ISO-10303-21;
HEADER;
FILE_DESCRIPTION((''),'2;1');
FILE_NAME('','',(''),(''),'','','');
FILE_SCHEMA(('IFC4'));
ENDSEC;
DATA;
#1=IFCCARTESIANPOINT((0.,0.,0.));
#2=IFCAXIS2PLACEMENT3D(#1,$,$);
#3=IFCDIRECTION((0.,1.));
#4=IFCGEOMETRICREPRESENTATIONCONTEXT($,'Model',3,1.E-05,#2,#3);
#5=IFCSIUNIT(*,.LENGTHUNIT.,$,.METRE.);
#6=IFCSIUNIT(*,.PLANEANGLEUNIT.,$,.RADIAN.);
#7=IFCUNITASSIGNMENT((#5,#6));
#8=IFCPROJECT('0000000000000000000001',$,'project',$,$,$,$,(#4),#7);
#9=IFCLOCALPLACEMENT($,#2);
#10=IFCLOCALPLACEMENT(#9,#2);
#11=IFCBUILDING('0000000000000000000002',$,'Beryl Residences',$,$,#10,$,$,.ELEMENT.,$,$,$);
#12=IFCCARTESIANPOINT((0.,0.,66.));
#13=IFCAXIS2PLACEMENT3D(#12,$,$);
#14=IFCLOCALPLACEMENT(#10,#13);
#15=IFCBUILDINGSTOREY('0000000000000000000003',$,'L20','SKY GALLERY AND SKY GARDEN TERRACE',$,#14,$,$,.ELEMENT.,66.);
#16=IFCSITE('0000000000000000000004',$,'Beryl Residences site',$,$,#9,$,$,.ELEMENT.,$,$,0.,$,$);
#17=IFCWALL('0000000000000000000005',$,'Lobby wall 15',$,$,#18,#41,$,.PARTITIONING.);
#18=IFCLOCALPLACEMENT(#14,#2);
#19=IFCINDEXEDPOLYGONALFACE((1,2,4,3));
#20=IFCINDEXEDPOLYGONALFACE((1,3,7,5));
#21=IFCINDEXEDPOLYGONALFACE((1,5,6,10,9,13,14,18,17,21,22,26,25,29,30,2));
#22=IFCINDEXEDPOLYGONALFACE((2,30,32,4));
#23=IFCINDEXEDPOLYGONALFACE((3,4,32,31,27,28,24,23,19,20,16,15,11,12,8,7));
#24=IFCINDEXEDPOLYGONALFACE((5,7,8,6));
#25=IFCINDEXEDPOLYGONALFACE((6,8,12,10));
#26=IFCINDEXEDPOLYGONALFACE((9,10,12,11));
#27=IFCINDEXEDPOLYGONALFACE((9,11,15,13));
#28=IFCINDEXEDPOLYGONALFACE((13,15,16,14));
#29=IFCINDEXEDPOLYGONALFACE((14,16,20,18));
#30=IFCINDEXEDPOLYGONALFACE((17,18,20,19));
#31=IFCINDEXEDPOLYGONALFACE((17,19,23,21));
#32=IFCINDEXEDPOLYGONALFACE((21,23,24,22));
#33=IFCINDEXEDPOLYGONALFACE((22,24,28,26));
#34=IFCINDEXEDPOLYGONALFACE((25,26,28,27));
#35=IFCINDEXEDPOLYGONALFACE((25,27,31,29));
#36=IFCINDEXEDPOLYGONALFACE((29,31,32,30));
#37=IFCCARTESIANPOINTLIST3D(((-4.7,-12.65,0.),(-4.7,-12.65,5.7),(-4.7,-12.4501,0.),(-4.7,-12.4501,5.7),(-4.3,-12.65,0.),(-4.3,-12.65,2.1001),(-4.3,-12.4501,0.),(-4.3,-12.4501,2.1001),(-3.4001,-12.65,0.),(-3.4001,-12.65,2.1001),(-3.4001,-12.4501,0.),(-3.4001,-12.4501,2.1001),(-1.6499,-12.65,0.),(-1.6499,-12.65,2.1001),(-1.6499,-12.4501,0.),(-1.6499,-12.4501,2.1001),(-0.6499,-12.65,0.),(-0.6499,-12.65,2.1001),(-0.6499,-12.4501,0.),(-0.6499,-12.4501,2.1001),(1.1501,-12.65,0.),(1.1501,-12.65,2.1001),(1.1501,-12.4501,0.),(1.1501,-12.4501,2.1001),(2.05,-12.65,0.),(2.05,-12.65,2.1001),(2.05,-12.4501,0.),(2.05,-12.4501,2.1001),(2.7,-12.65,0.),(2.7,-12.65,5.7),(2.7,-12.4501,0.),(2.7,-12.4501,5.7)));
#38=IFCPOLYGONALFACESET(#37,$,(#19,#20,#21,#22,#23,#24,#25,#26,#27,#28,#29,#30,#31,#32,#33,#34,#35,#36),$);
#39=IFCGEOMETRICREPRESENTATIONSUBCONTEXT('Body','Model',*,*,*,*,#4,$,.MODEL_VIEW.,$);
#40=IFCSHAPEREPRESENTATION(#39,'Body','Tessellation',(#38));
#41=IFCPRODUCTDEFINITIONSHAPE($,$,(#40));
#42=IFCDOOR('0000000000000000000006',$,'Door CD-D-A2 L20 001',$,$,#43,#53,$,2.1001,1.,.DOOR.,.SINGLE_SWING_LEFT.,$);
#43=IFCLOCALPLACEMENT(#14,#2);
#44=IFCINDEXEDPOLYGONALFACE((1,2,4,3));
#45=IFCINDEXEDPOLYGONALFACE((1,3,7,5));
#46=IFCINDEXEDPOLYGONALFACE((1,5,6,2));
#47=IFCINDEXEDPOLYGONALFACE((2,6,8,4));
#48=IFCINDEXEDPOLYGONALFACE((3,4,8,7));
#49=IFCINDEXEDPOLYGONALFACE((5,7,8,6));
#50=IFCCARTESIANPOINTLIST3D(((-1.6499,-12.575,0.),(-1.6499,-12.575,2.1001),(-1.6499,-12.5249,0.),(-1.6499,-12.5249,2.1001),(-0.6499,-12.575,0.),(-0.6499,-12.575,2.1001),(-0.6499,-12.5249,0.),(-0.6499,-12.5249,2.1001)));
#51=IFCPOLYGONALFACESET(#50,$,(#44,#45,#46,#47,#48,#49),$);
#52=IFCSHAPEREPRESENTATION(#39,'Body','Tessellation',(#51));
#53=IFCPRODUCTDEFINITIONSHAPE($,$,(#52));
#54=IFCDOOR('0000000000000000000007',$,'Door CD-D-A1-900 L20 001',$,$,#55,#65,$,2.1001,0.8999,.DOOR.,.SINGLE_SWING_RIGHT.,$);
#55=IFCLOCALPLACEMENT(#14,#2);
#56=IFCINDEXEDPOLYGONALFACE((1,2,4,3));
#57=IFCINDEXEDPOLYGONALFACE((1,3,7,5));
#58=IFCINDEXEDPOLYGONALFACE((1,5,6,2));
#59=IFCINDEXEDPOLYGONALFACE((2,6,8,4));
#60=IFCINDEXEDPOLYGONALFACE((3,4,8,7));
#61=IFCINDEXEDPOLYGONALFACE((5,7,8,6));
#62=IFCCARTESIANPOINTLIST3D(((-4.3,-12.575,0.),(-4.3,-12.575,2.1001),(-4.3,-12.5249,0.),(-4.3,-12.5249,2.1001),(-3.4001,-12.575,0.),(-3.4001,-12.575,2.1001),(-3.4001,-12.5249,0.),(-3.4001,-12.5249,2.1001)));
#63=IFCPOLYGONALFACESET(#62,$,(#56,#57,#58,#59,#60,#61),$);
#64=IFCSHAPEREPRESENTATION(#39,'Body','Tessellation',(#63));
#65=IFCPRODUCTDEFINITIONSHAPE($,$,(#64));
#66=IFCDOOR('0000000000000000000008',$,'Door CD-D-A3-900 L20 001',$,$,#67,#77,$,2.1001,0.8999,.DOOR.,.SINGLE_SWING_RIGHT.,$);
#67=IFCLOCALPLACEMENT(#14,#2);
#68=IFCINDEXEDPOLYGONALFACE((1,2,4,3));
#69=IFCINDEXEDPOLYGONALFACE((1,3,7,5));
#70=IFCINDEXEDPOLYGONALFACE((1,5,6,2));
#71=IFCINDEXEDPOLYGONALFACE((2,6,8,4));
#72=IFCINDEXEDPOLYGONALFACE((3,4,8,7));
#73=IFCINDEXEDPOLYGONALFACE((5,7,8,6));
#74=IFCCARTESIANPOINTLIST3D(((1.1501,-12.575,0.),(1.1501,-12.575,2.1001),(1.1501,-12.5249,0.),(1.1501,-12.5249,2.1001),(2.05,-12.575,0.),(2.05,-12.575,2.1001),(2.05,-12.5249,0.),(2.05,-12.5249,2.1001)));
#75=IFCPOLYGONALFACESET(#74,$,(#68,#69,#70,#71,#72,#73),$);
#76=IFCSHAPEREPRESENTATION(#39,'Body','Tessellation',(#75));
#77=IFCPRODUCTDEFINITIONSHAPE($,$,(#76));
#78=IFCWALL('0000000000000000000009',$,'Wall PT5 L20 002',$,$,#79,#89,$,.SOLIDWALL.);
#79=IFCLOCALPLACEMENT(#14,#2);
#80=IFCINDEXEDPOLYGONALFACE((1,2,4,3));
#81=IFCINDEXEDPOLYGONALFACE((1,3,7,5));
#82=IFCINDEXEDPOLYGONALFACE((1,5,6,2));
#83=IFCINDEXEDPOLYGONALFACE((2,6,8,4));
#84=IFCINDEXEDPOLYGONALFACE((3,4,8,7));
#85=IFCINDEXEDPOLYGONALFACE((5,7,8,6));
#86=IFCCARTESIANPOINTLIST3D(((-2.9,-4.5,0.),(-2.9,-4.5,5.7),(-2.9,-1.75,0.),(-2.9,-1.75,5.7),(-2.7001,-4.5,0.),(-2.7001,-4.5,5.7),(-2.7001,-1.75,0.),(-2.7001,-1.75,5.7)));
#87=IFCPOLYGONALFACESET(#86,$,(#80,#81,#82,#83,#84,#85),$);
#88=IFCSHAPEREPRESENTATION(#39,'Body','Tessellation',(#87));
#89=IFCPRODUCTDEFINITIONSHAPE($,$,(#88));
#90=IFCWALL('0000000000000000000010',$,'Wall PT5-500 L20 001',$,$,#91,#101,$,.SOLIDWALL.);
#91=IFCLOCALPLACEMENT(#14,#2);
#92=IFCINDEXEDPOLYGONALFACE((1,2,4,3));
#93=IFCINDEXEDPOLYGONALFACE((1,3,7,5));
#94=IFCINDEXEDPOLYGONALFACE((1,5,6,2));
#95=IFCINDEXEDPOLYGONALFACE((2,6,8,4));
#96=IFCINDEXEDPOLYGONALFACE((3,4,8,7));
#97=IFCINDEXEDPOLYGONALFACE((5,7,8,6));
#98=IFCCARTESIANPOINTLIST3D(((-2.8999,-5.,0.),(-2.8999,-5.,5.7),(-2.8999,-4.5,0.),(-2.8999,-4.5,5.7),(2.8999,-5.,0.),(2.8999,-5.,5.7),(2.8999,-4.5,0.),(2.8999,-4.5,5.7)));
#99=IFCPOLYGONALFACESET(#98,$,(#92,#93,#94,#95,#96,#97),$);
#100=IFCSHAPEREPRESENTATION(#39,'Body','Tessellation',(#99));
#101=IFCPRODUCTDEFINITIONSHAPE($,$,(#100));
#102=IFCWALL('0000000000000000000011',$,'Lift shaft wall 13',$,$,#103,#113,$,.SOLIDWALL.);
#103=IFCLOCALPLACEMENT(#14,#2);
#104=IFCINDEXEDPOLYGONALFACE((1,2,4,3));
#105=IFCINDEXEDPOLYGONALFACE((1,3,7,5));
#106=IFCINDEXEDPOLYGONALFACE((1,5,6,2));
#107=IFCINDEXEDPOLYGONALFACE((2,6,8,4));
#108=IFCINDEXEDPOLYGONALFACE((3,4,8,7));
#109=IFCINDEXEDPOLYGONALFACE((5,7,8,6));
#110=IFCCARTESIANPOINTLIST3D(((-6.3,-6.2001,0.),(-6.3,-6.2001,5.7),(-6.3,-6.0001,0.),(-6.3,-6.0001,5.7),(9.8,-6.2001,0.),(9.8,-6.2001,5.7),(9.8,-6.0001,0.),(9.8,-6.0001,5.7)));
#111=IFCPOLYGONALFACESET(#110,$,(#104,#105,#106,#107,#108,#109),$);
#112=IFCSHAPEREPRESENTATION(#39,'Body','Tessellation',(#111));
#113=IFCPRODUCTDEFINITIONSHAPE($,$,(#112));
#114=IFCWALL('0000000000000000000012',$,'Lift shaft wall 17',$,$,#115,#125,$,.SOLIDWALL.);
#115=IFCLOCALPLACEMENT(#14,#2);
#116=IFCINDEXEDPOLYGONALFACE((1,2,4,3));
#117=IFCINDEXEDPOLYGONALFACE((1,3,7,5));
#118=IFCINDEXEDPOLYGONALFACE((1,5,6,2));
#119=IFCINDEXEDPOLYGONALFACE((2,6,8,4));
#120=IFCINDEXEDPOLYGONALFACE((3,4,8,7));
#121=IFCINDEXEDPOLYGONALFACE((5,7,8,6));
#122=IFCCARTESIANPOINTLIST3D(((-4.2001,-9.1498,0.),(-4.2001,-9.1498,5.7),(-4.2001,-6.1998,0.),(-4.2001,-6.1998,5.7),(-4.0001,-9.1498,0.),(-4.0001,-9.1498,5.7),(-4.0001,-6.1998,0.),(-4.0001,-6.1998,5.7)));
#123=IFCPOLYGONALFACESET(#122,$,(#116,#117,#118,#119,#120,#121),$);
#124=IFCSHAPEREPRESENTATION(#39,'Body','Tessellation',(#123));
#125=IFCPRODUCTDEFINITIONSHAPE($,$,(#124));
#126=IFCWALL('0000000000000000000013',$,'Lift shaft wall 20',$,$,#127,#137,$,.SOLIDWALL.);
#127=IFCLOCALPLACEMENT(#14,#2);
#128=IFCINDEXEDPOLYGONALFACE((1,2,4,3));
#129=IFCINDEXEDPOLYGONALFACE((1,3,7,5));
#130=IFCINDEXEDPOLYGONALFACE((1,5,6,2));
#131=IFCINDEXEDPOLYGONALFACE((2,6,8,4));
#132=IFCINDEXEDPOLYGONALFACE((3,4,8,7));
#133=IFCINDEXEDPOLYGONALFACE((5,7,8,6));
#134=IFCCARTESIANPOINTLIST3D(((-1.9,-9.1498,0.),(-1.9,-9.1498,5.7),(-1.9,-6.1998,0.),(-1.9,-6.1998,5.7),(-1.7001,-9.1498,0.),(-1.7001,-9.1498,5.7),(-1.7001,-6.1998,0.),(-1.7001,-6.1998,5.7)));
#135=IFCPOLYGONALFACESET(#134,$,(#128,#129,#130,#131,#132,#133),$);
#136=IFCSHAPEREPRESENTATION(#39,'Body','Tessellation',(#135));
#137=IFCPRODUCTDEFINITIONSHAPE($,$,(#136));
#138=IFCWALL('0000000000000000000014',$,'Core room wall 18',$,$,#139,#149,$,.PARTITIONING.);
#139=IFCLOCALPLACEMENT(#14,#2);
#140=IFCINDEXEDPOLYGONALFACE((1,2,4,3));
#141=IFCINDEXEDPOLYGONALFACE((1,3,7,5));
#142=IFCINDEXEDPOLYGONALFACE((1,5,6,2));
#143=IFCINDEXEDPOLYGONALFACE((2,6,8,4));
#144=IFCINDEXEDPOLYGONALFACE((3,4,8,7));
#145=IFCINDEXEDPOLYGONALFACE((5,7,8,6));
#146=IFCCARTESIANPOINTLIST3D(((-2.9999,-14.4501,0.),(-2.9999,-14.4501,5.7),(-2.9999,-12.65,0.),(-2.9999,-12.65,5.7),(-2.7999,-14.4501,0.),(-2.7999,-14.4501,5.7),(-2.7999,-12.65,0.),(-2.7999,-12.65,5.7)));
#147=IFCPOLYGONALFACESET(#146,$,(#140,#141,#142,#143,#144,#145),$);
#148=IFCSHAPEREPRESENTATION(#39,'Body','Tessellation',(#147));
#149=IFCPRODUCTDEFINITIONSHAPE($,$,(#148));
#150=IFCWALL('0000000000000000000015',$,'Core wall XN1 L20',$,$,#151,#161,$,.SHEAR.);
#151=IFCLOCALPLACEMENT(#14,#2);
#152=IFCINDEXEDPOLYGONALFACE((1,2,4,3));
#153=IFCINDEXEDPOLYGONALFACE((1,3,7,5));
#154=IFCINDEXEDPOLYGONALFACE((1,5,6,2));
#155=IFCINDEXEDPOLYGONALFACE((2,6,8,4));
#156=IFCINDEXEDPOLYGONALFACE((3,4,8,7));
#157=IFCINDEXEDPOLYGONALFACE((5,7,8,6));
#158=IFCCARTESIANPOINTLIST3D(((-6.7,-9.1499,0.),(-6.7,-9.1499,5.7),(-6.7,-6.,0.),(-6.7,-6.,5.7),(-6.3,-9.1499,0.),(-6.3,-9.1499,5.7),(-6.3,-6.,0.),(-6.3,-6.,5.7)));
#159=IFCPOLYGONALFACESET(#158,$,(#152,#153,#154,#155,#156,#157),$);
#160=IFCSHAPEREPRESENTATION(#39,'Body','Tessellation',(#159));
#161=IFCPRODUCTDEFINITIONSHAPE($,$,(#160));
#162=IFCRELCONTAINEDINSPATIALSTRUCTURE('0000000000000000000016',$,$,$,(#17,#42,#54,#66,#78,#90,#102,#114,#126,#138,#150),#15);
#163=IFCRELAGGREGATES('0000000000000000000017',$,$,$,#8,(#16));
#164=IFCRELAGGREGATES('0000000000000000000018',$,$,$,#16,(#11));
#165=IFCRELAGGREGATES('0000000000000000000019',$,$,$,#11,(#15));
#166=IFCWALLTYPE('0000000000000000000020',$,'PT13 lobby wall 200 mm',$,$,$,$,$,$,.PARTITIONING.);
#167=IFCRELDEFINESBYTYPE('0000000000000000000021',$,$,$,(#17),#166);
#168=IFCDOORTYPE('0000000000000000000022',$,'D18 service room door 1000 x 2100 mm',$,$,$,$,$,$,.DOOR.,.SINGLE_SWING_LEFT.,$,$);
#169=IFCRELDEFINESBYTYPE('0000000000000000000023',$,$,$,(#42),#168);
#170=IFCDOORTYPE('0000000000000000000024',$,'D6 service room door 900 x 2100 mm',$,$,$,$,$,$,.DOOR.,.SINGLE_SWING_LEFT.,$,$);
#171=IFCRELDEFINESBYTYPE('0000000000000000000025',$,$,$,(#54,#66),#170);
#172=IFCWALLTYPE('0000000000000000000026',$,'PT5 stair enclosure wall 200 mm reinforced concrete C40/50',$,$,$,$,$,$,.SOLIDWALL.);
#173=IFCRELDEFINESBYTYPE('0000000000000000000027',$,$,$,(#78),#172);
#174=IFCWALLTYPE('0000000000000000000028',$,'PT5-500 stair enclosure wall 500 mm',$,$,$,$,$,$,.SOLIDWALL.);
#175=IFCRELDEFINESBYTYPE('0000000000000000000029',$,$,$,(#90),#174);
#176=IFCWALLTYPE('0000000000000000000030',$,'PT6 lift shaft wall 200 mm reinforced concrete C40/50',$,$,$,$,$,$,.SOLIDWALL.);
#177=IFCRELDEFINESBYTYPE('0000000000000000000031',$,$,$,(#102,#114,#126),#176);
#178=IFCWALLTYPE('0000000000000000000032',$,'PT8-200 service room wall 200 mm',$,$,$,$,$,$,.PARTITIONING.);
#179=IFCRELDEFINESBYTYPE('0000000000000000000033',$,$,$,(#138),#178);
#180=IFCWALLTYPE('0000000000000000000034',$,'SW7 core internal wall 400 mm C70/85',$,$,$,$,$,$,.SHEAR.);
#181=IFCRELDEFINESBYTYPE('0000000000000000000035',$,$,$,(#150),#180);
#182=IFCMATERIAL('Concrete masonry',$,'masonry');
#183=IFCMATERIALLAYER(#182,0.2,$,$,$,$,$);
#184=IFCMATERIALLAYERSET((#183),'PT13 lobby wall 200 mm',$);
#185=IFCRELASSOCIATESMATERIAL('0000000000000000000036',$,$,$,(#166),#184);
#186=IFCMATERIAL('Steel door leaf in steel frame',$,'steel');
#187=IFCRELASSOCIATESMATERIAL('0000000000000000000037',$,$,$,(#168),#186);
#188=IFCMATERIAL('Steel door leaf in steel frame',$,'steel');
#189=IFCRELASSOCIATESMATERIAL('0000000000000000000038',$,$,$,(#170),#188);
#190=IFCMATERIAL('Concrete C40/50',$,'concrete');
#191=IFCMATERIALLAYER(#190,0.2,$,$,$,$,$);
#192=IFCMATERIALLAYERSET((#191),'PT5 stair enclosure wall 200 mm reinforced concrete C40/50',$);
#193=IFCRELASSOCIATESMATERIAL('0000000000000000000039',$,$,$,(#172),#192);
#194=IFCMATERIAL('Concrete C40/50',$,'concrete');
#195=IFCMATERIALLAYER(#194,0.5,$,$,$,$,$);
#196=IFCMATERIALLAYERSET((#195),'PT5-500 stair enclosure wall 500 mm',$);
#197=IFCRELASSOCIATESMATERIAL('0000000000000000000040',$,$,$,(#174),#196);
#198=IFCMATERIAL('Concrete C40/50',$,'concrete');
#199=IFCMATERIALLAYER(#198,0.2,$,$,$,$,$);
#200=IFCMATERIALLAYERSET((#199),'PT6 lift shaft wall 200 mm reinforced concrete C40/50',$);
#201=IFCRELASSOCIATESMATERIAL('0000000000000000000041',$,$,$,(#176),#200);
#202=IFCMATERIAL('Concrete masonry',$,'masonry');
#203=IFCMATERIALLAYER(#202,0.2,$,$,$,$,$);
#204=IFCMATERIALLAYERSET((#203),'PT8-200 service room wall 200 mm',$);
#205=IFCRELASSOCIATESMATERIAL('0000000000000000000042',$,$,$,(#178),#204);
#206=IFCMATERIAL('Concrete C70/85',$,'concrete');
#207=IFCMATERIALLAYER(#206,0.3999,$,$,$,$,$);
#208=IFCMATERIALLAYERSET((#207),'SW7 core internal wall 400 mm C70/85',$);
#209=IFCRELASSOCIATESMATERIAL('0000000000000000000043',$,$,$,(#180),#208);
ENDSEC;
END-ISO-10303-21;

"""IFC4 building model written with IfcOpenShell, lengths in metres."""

from ifc_helpers import new_model, si_unit, direction, frame, frame_2d, origin, place, context, subcontext, project, spatial, rectangle, extrude, material, layer, layer_set, type_object, element, fill, save


model = new_model("IFC4")

# Units and contexts
model_context = context("Model", 3, precision=1e-05, world=origin(), true_north=direction((0.0, 1.0)))
body_context = subcontext(model_context, "Body", "Model", "MODEL_VIEW")
ifc_project = project(units=[si_unit("LENGTHUNIT", "METRE"), si_unit("PLANEANGLEUNIT", "RADIAN")], contexts=[model_context])

# Site, building, storey
site_placement = place(None, origin())
site = spatial("IfcSite", under=ifc_project, at=site_placement, Name="Beryl Residences site", CompositionType="ELEMENT", RefElevation=0.0)
building_placement = place(site_placement, origin())
building = spatial("IfcBuilding", under=site, at=building_placement, Name="Beryl Residences", CompositionType="ELEMENT")
storey_placement = place(building_placement, frame((0.0, 0.0, 66.0)))
storey = spatial("IfcBuildingStorey", under=building, at=storey_placement, Name="L20", Description="SKY GALLERY AND SKY GARDEN TERRACE", CompositionType="ELEMENT", Elevation=66.0)

# Wall, openings, doors
ifc_material_1 = material(Name="Concrete masonry", Category="masonry")
ifc_layer_1 = layer(ifc_material_1, 0.2)
ifc_layer_set_1 = layer_set([ifc_layer_1], Name="PT13 lobby wall 200 mm")
wall_type_1 = type_object("IfcWallType", Name="PT13 lobby wall 200 mm", PredefinedType="PARTITIONING", material=ifc_layer_set_1)
wall_1_placement = place(storey_placement, frame((-4.7, -12.55, 0.0), z_axis=(0.0, 0.0, 1.0), x_axis=(1.0, 0.0, 0.0)))
wall_1 = element("IfcWall", 1, at=wall_1_placement, inside=storey, type_object=wall_type_1, Name="Lobby wall 15", PredefinedType="PARTITIONING", context=body_context, shape_type="SweptSolid", body=[
    extrude(rectangle(XDim=7.3999, YDim=0.2, at=frame_2d((3.7, 0.0))), origin(), (0.0, 0.0, 1.0), 5.7),
])
opening_1_placement = place(wall_1_placement, frame((1.2998, 0.0, 0.0), z_axis=(0.0, 0.0, 1.0), x_axis=(-1.0, 0.0, 0.0)))
opening_1 = element("IfcOpeningElement", 2, at=opening_1_placement, cuts=wall_1, PredefinedType="OPENING", context=body_context, shape_type="SweptSolid", body=[
    extrude(rectangle(XDim=0.8999, YDim=2.1001, at=frame_2d((0.45, 1.05))), frame((0.0, 0.1099, 0.0), z_axis=(0.0, -1.0, 0.0), x_axis=(1.0, 0.0, 0.0)), (0.0, 0.0, 1.0), 0.22),
])
opening_2_placement = place(wall_1_placement, frame((4.05, 0.0, 0.0), z_axis=(0.0, 0.0, 1.0), x_axis=(-1.0, 0.0, 0.0)))
opening_2 = element("IfcOpeningElement", 3, at=opening_2_placement, cuts=wall_1, PredefinedType="OPENING", context=body_context, shape_type="SweptSolid", body=[
    extrude(rectangle(XDim=1.0, YDim=2.1001, at=frame_2d((0.5, 1.05))), frame((0.0, 0.1099, 0.0), z_axis=(0.0, -1.0, 0.0), x_axis=(1.0, 0.0, 0.0)), (0.0, 0.0, 1.0), 0.22),
])
opening_3_placement = place(wall_1_placement, frame((6.75, 0.0, 0.0), z_axis=(0.0, 0.0, 1.0), x_axis=(-1.0, 0.0, 0.0)))
opening_3 = element("IfcOpeningElement", 4, at=opening_3_placement, cuts=wall_1, PredefinedType="OPENING", context=body_context, shape_type="SweptSolid", body=[
    extrude(rectangle(XDim=0.8999, YDim=2.1001, at=frame_2d((0.45, 1.05))), frame((0.0, 0.1099, 0.0), z_axis=(0.0, -1.0, 0.0), x_axis=(1.0, 0.0, 0.0)), (0.0, 0.0, 1.0), 0.22),
])
ifc_material_2 = material(Name="Steel door leaf in steel frame", Category="steel")
door_type_1 = type_object("IfcDoorType", Name="D18 service room door 1000 x 2100 mm", OperationType="SINGLE_SWING_LEFT", PredefinedType="DOOR", material=ifc_material_2)
door_1_placement = place(opening_2_placement, origin())
door_1 = element("IfcDoor", 5, at=door_1_placement, inside=storey, type_object=door_type_1, Name="Door CD-D-A2 L20 001", OperationType="SINGLE_SWING_LEFT", OverallHeight=2.1001, OverallWidth=1.0, PredefinedType="DOOR", context=body_context, shape_type="SweptSolid", body=[
    extrude(rectangle(XDim=1.0, YDim=2.1001, at=frame_2d((0.5, 1.05))), frame((0.0, 0.0249, 0.0), z_axis=(0.0, -1.0, 0.0), x_axis=(1.0, 0.0, 0.0)), (0.0, 0.0, 1.0), 0.05),
])
fill(opening_2, door_1)
ifc_material_3 = material(Name="Steel door leaf in steel frame", Category="steel")
door_type_2 = type_object("IfcDoorType", Name="D6 service room door 900 x 2100 mm", OperationType="SINGLE_SWING_LEFT", PredefinedType="DOOR", material=ifc_material_3)
door_2_placement = place(opening_1_placement, origin())
door_2 = element("IfcDoor", 6, at=door_2_placement, inside=storey, type_object=door_type_2, Name="Door CD-D-A1-900 L20 001", OperationType="SINGLE_SWING_RIGHT", OverallHeight=2.1001, OverallWidth=0.8999, PredefinedType="DOOR", context=body_context, shape_type="SweptSolid", body=[
    extrude(rectangle(XDim=0.8999, YDim=2.1001, at=frame_2d((0.45, 1.05))), frame((0.0, 0.0249, 0.0), z_axis=(0.0, -1.0, 0.0), x_axis=(1.0, 0.0, 0.0)), (0.0, 0.0, 1.0), 0.05),
])
fill(opening_1, door_2)
door_3_placement = place(opening_3_placement, origin())
door_3 = element("IfcDoor", 7, at=door_3_placement, inside=storey, type_object=door_type_2, Name="Door CD-D-A3-900 L20 001", OperationType="SINGLE_SWING_RIGHT", OverallHeight=2.1001, OverallWidth=0.8999, PredefinedType="DOOR", context=body_context, shape_type="SweptSolid", body=[
    extrude(rectangle(XDim=0.8999, YDim=2.1001, at=frame_2d((0.45, 1.05))), frame((0.0, 0.0249, 0.0), z_axis=(0.0, -1.0, 0.0), x_axis=(1.0, 0.0, 0.0)), (0.0, 0.0, 1.0), 0.05),
])
fill(opening_3, door_3)

# Walls
ifc_material_4 = material(Name="Concrete C40/50", Category="concrete")
ifc_layer_2 = layer(ifc_material_4, 0.2)
ifc_layer_set_2 = layer_set([ifc_layer_2], Name="PT5 stair enclosure wall 200 mm reinforced concrete C40/50")
wall_type_2 = type_object("IfcWallType", Name="PT5 stair enclosure wall 200 mm reinforced concrete C40/50", PredefinedType="SOLIDWALL", material=ifc_layer_set_2)
wall_2_placement = place(storey_placement, frame((-2.8, -4.5, 0.0), z_axis=(0.0, 0.0, 1.0), x_axis=(0.0, 1.0, 0.0)))
element("IfcWall", 8, at=wall_2_placement, inside=storey, type_object=wall_type_2, Name="Wall PT5 L20 002", PredefinedType="SOLIDWALL", context=body_context, shape_type="SweptSolid", body=[
    extrude(rectangle(XDim=2.75, YDim=0.2, at=frame_2d((1.375, 0.0))), origin(), (0.0, 0.0, 1.0), 5.7),
])
ifc_material_5 = material(Name="Concrete C40/50", Category="concrete")
ifc_layer_3 = layer(ifc_material_5, 0.5)
ifc_layer_set_3 = layer_set([ifc_layer_3], Name="PT5-500 stair enclosure wall 500 mm")
wall_type_3 = type_object("IfcWallType", Name="PT5-500 stair enclosure wall 500 mm", PredefinedType="SOLIDWALL", material=ifc_layer_set_3)
wall_3_placement = place(storey_placement, frame((-2.8999, -4.75, 0.0), z_axis=(0.0, 0.0, 1.0), x_axis=(1.0, 0.0, 0.0)))
element("IfcWall", 9, at=wall_3_placement, inside=storey, type_object=wall_type_3, Name="Wall PT5-500 L20 001", PredefinedType="SOLIDWALL", context=body_context, shape_type="SweptSolid", body=[
    extrude(rectangle(XDim=5.7998, YDim=0.5, at=frame_2d((2.8999, 0.0))), origin(), (0.0, 0.0, 1.0), 5.7),
])
ifc_material_6 = material(Name="Concrete C40/50", Category="concrete")
ifc_layer_4 = layer(ifc_material_6, 0.2)
ifc_layer_set_4 = layer_set([ifc_layer_4], Name="PT6 lift shaft wall 200 mm reinforced concrete C40/50")
wall_type_4 = type_object("IfcWallType", Name="PT6 lift shaft wall 200 mm reinforced concrete C40/50", PredefinedType="SOLIDWALL", material=ifc_layer_set_4)
wall_4_placement = place(storey_placement, frame((-6.3, -6.1001, 0.0), z_axis=(0.0, 0.0, 1.0), x_axis=(1.0, 0.0, 0.0)))
element("IfcWall", 10, at=wall_4_placement, inside=storey, type_object=wall_type_4, Name="Lift shaft wall 13", PredefinedType="SOLIDWALL", context=body_context, shape_type="SweptSolid", body=[
    extrude(rectangle(XDim=16.1001, YDim=0.2, at=frame_2d((8.05, 0.0))), origin(), (0.0, 0.0, 1.0), 5.7),
])
for number, where, z_axis, x_axis, name in (
    (11, (-4.1001, -9.1499, 0.0), (0.0, 0.0, 1.0), (0.0, 1.0, 0.0), "Lift shaft wall 17"),
    (12, (-1.8, -9.1499, 0.0), (0.0, 0.0, 1.0), (0.0, 1.0, 0.0), "Lift shaft wall 20"),
):
    element("IfcWall", number, at=place(storey_placement, frame(where, z_axis=z_axis, x_axis=x_axis)), inside=storey, type_object=wall_type_4, Name=name, PredefinedType="SOLIDWALL", context=body_context, shape_type="SweptSolid", body=[
        extrude(rectangle(XDim=2.95, YDim=0.2, at=frame_2d((1.4751, 0.0))), origin(), (0.0, 0.0, 1.0), 5.7),
    ])
ifc_material_7 = material(Name="Concrete masonry", Category="masonry")
ifc_layer_5 = layer(ifc_material_7, 0.2)
ifc_layer_set_5 = layer_set([ifc_layer_5], Name="PT8-200 service room wall 200 mm")
wall_type_5 = type_object("IfcWallType", Name="PT8-200 service room wall 200 mm", PredefinedType="PARTITIONING", material=ifc_layer_set_5)
wall_5_placement = place(storey_placement, frame((-2.8999, -14.45, 0.0), z_axis=(0.0, 0.0, 1.0), x_axis=(0.0, 1.0, 0.0)))
element("IfcWall", 13, at=wall_5_placement, inside=storey, type_object=wall_type_5, Name="Core room wall 18", PredefinedType="PARTITIONING", context=body_context, shape_type="SweptSolid", body=[
    extrude(rectangle(XDim=1.8, YDim=0.2, at=frame_2d((0.8999, 0.0))), origin(), (0.0, 0.0, 1.0), 5.7),
])
ifc_material_8 = material(Name="Concrete C70/85", Category="concrete")
ifc_layer_6 = layer(ifc_material_8, 0.3999)
ifc_layer_set_6 = layer_set([ifc_layer_6], Name="SW7 core internal wall 400 mm C70/85")
wall_type_6 = type_object("IfcWallType", Name="SW7 core internal wall 400 mm C70/85", PredefinedType="SHEAR", material=ifc_layer_set_6)
wall_6_placement = place(storey_placement, frame((-6.5, -9.1499, 0.0), z_axis=(0.0, 0.0, 1.0), x_axis=(0.0, 1.0, 0.0)))
element("IfcWall", 14, at=wall_6_placement, inside=storey, type_object=wall_type_6, Name="Core wall XN1 L20", PredefinedType="SHEAR", context=body_context, shape_type="SweptSolid", body=[
    extrude(rectangle(XDim=3.1499, YDim=0.3999, at=frame_2d((1.575, 0.0))), origin(), (0.0, 0.0, 1.0), 5.7),
])

save(model, "model.ifc")
